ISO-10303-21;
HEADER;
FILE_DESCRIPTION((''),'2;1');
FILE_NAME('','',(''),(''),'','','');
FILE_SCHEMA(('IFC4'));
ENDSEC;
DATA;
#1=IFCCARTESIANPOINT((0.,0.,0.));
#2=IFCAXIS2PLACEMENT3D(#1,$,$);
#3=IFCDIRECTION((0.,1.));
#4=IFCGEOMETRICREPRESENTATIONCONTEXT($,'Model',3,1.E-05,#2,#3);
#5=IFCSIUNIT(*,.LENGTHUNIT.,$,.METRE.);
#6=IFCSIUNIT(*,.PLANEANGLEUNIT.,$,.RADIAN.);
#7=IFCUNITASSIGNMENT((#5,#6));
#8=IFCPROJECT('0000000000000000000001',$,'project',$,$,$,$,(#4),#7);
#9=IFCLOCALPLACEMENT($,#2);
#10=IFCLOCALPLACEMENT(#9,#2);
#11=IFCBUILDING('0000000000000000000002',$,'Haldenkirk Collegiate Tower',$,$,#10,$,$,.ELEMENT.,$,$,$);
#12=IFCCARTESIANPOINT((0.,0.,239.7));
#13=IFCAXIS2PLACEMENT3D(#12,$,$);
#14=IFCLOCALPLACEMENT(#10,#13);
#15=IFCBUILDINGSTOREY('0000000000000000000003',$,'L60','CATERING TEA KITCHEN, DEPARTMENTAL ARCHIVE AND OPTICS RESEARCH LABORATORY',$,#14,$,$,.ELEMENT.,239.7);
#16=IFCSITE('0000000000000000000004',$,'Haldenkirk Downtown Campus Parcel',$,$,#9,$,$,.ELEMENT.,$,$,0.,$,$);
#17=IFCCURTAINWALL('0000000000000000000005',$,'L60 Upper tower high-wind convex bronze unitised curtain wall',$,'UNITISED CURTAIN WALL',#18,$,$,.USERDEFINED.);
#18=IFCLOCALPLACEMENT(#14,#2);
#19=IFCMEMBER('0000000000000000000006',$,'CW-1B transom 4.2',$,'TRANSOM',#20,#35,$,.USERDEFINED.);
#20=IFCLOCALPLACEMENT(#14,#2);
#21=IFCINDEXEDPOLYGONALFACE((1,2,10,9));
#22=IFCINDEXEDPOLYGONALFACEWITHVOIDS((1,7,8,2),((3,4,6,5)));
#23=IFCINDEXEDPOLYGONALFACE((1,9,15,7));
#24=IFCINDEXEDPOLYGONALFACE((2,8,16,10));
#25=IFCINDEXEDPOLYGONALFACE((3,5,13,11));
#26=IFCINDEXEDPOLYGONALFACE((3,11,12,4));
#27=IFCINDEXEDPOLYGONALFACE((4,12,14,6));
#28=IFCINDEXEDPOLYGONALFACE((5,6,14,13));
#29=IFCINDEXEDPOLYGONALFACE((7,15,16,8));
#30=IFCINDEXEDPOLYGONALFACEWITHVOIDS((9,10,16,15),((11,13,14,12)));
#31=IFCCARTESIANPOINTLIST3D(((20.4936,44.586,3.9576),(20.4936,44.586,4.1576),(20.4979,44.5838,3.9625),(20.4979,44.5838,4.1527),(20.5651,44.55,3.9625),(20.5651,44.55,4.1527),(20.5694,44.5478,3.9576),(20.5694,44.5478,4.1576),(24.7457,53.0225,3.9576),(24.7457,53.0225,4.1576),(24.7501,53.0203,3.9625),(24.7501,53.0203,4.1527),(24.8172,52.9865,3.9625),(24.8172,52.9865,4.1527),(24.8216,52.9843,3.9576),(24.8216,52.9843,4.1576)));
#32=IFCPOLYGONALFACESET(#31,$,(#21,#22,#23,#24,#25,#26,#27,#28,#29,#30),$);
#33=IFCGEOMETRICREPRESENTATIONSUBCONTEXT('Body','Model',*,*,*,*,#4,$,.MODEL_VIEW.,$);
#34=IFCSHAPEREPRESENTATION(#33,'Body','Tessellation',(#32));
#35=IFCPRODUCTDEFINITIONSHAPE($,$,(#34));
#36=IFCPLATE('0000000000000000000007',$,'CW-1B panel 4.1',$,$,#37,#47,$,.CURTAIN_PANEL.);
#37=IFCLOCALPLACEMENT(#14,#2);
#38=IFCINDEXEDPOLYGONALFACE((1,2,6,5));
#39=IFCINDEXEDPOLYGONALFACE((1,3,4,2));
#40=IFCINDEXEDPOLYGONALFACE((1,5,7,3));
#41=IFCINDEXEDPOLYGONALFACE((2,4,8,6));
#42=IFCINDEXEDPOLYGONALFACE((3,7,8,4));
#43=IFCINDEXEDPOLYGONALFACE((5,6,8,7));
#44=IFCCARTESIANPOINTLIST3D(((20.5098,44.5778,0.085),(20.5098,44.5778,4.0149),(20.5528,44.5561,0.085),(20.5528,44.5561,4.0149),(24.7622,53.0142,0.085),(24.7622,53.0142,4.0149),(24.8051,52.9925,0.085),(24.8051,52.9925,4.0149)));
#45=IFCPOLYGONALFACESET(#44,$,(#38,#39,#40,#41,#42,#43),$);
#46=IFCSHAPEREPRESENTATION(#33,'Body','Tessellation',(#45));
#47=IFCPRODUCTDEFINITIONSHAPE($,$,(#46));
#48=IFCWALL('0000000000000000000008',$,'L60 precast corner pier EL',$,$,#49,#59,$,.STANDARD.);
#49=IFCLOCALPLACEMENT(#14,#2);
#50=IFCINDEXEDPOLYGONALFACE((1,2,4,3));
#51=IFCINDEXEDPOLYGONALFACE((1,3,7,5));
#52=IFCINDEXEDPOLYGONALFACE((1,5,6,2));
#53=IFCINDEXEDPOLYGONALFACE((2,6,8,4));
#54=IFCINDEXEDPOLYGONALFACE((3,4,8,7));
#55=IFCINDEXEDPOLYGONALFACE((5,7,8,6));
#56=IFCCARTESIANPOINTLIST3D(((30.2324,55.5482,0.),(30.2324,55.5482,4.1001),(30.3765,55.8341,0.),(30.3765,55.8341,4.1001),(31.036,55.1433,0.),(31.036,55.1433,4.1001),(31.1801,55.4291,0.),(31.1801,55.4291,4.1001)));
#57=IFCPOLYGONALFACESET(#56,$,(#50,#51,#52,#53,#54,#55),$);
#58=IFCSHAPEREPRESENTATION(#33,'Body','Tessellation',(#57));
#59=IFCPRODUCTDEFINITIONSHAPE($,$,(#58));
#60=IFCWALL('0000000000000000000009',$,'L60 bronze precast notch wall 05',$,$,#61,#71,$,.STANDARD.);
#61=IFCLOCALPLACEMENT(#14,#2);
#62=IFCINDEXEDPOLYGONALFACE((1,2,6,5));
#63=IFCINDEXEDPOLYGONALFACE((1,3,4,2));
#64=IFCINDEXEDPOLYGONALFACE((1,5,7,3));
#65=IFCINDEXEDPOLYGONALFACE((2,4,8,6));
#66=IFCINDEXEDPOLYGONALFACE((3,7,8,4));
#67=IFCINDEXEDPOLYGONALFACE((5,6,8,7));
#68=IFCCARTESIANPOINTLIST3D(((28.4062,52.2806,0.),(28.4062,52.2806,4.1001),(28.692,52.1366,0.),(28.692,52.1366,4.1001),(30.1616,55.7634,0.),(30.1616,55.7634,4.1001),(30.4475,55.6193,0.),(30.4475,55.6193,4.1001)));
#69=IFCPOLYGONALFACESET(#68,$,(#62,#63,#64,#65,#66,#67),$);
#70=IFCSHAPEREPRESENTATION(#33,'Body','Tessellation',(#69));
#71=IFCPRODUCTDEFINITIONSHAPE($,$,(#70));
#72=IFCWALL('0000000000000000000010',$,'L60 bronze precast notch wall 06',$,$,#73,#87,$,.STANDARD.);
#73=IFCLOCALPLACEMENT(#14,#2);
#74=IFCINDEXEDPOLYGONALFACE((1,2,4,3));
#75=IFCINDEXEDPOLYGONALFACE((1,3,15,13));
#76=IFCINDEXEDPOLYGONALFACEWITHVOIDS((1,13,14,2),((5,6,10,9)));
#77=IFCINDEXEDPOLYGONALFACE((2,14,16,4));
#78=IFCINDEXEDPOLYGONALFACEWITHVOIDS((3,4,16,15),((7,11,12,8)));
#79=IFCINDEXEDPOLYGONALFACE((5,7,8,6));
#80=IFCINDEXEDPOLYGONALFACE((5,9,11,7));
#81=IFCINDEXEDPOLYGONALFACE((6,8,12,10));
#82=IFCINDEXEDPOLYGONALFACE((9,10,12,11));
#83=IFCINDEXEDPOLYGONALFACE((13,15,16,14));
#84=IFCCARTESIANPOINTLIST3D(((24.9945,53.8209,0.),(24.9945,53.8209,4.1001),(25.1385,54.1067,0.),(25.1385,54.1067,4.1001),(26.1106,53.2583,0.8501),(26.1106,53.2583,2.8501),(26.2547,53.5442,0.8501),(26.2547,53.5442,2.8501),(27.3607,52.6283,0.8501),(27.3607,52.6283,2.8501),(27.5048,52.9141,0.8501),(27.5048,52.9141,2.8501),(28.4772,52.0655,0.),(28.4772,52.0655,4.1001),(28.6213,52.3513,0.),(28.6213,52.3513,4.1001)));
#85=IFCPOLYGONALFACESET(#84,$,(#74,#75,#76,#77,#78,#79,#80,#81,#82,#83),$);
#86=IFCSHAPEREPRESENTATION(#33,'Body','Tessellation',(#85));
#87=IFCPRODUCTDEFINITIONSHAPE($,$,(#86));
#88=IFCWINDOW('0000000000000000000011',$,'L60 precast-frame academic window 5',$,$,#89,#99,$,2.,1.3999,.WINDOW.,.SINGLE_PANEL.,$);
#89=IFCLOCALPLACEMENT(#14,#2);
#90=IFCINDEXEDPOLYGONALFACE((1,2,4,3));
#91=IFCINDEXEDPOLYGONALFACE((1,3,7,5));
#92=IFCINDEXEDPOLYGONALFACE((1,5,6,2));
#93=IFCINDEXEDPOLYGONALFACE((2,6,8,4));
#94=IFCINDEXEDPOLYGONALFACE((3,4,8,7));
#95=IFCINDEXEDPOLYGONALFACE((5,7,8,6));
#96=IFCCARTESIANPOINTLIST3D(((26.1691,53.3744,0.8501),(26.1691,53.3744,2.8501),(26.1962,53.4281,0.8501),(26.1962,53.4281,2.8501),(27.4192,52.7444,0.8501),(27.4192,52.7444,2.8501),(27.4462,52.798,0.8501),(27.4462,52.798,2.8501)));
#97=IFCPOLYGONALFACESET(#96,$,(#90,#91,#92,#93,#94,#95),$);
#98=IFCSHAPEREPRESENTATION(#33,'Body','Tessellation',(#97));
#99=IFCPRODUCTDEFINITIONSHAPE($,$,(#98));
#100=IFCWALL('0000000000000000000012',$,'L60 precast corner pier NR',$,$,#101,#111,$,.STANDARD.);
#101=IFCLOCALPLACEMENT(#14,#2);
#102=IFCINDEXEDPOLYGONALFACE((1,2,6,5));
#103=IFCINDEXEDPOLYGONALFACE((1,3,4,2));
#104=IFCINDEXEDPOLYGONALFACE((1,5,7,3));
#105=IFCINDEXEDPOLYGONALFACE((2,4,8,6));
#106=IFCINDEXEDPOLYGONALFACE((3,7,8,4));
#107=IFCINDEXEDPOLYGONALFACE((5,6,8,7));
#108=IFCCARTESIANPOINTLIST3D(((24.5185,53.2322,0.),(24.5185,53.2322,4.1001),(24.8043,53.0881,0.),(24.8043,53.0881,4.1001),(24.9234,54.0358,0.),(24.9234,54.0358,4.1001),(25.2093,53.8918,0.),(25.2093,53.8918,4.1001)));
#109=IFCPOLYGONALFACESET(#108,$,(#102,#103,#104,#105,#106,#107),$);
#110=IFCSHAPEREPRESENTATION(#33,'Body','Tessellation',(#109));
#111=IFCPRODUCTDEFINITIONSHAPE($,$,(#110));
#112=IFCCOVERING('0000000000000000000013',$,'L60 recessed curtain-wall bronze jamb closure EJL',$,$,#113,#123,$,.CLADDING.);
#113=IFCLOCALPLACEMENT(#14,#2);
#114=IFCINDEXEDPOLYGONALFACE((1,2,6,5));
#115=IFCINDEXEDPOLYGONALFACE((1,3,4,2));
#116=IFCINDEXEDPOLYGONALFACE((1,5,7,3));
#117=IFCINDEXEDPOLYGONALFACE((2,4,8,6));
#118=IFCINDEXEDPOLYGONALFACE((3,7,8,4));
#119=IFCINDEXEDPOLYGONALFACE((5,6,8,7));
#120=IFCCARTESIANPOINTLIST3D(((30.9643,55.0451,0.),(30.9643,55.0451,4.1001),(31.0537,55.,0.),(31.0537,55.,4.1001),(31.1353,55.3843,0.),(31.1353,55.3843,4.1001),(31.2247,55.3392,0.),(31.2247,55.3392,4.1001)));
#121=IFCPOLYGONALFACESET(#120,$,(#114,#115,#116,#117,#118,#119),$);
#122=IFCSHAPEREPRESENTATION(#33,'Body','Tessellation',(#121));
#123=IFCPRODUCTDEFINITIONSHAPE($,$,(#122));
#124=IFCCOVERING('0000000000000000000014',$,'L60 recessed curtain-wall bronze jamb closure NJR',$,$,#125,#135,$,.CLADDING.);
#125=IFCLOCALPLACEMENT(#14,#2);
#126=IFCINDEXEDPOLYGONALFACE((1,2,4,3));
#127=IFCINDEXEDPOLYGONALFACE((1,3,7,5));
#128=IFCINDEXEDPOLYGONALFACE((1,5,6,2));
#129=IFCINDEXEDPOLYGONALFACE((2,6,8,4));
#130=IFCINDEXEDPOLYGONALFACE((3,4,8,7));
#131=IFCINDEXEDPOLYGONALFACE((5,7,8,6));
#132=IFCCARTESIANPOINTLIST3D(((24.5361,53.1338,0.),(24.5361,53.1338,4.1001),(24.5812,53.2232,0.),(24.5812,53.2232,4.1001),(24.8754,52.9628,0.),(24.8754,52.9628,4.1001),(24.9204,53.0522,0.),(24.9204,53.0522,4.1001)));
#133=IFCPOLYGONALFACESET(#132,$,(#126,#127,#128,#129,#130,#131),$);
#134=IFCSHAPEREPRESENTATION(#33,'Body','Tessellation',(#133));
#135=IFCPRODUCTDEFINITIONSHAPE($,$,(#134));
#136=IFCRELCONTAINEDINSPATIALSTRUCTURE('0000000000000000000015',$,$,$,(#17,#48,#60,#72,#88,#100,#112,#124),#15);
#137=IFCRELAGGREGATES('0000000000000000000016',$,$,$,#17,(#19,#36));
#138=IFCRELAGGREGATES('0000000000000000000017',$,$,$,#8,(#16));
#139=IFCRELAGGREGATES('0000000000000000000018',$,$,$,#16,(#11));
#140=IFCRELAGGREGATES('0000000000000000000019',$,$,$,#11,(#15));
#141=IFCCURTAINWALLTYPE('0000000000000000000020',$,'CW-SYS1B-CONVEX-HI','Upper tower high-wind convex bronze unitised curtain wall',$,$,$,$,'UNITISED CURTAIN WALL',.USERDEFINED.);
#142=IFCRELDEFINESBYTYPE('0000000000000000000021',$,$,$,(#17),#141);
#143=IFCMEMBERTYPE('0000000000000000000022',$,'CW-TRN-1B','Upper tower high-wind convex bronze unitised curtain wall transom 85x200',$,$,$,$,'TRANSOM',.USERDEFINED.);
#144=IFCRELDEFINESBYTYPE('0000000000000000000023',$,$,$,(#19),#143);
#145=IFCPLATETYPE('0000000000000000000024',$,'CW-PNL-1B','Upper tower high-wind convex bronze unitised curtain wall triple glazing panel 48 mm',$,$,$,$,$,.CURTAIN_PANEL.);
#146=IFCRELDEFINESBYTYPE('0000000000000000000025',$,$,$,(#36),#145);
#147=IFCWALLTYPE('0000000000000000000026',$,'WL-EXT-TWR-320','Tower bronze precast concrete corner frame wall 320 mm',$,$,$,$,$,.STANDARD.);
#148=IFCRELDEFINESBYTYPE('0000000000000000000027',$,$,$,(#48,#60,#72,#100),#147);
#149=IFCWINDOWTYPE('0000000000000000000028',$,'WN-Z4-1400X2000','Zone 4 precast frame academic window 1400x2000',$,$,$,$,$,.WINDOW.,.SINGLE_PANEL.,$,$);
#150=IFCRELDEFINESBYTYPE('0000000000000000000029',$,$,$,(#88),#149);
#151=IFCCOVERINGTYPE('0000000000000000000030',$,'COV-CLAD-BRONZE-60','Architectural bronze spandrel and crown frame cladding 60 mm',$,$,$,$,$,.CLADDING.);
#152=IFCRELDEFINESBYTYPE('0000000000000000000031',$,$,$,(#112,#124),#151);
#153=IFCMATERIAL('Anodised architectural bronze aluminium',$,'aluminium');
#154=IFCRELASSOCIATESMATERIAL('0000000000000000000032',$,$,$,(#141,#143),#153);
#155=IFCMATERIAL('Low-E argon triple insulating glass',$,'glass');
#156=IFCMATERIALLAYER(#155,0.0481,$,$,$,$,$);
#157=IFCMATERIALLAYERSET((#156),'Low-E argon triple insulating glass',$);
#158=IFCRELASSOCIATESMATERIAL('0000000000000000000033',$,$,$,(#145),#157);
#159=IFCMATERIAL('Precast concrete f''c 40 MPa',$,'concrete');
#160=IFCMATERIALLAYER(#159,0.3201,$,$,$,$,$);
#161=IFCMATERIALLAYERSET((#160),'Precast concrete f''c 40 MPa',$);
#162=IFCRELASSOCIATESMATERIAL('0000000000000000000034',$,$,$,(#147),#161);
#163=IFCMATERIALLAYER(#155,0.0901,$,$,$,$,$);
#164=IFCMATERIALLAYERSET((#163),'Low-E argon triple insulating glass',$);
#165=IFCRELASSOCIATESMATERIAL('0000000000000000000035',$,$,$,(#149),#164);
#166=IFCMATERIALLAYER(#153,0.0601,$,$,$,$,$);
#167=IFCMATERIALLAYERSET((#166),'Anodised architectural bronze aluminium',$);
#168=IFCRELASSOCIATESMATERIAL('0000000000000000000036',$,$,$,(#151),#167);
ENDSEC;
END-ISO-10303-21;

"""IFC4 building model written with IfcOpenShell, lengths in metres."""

from ifc_helpers import new_model, si_unit, direction, frame, frame_2d, origin, origin_2d, place, context, subcontext, project, spatial, rectangle, hollow_rectangle, extrude, source, transform, mapped, material, layer, layer_set, material_profile, profile_set, type_object, element, fill, aggregate, save


model = new_model("IFC4")

# Units and contexts
model_context = context("Model", 3, precision=1e-05, world=origin(), true_north=direction((0.0, 1.0)))
body_context = subcontext(model_context, "Body", "Model", "MODEL_VIEW")
ifc_project = project(units=[si_unit("LENGTHUNIT", "METRE"), si_unit("PLANEANGLEUNIT", "RADIAN")], contexts=[model_context])

# Site, building, storey
site_placement = place(None, origin())
site = spatial("IfcSite", under=ifc_project, at=site_placement, Name="Haldenkirk Downtown Campus Parcel", CompositionType="ELEMENT", RefElevation=0.0)
building_placement = place(site_placement, origin())
building = spatial("IfcBuilding", under=site, at=building_placement, Name="Haldenkirk Collegiate Tower", CompositionType="ELEMENT")
storey_placement = place(building_placement, frame((0.0, 0.0, 239.7)))
storey = spatial("IfcBuildingStorey", under=building, at=storey_placement, Name="L60", Description="CATERING TEA KITCHEN, DEPARTMENTAL ARCHIVE AND OPTICS RESEARCH LABORATORY", CompositionType="ELEMENT", Elevation=239.7)

# Curtain wall
ifc_material_1 = material(Name="Anodised architectural bronze aluminium", Category="aluminium")
curtain_wall_type = type_object("IfcCurtainWallType", Name="CW-SYS1B-CONVEX-HI", Description="Upper tower high-wind convex bronze unitised curtain wall", ElementType="UNITISED CURTAIN WALL", PredefinedType="USERDEFINED", material=ifc_material_1)
curtain_wall_1_placement = place(storey_placement, origin())
curtain_wall_1 = element("IfcCurtainWall", 1, at=curtain_wall_1_placement, inside=storey, type_object=curtain_wall_type, Name="L60 Upper tower high-wind convex bronze unitised curtain wall", ObjectType="UNITISED CURTAIN WALL", PredefinedType="USERDEFINED")

# Member
ifc_material_profile_1 = material_profile(ifc_material_1, hollow_rectangle(XDim=0.085, YDim=0.2, WallThickness=0.0049, at=origin_2d()), Name="CW-TRN-1B")
ifc_profile_set_1 = profile_set([ifc_material_profile_1], Name="Anodised architectural bronze aluminium")
member_type_1 = type_object("IfcMemberType", Name="CW-TRN-1B", Description="Upper tower high-wind convex bronze unitised curtain wall transom 85x200", ElementType="TRANSOM", PredefinedType="USERDEFINED", material=ifc_profile_set_1)
member_1_placement = place(storey_placement, frame((20.5315, 44.5669, 4.0576), z_axis=(0.450085, 0.892986, 0.0), x_axis=(-0.892986, 0.450085, 0.0)))
member_1 = element("IfcMember", 2, at=member_1_placement, type_object=member_type_1, Name="CW-1B transom 4.2", ObjectType="TRANSOM", PredefinedType="USERDEFINED", context=body_context, shape_type="SweptSolid", body=[
    extrude(hollow_rectangle(XDim=0.085, YDim=0.2, WallThickness=0.0049, at=origin_2d()), origin(), (0.0, 0.0, 1.0), 9.4475),
])

# Plate
ifc_material_2 = material(Name="Low-E argon triple insulating glass", Category="glass")
ifc_layer_1 = layer(ifc_material_2, 0.0481)
ifc_layer_set_1 = layer_set([ifc_layer_1], Name="Low-E argon triple insulating glass")
plate_type = type_object("IfcPlateType", Name="CW-PNL-1B", Description="Upper tower high-wind convex bronze unitised curtain wall triple glazing panel 48 mm", PredefinedType="CURTAIN_PANEL", material=ifc_layer_set_1)
shared_shape_1 = source(origin(), body_context, "Body", "SweptSolid", [
    extrude(rectangle(XDim=9.4475, YDim=0.0481, at=origin_2d()), origin(), (0.0, 0.0, 1.0), 3.9299),
])
plate_placement = place(storey_placement, frame((22.6575, 48.7852, 0.085), z_axis=(0.0, 0.0, 1.0), x_axis=(0.4501, 0.892978, 0.0)))
plate = element("IfcPlate", 3, at=plate_placement, type_object=plate_type, Name="CW-1B panel 4.1", PredefinedType="CURTAIN_PANEL", context=body_context, shape_type="MappedRepresentation", body=[
    mapped(shared_shape_1, transform((0.0, 0.0, 0.0), x_axis=(1.0, 0.0, 0.0), y_axis=(0.0, 1.0, 0.0), z_axis=(0.0, 0.0, 1.0), scale=1.0)),
])
aggregate(curtain_wall_1, [member_1, plate])

# Walls
ifc_material_3 = material(Name="Precast concrete f'c 40 MPa", Category="concrete")
ifc_layer_2 = layer(ifc_material_3, 0.3201)
ifc_layer_set_2 = layer_set([ifc_layer_2], Name="Precast concrete f'c 40 MPa")
wall_type = type_object("IfcWallType", Name="WL-EXT-TWR-320", Description="Tower bronze precast concrete corner frame wall 320 mm", PredefinedType="STANDARD", material=ifc_layer_set_2)
wall_1_placement = place(storey_placement, frame((30.3044, 55.6912, 0.0), z_axis=(0.0, 0.0, 1.0), x_axis=(0.893012, -0.450033, 0.0)))
element("IfcWall", 4, at=wall_1_placement, inside=storey, type_object=wall_type, Name="L60 precast corner pier EL", PredefinedType="STANDARD", context=body_context, shape_type="SweptSolid", body=[
    extrude(rectangle(XDim=0.8999, YDim=0.3201, at=frame_2d((0.45, 0.0))), origin(), (0.0, 0.0, 1.0), 4.1001),
])
wall_2_placement = place(storey_placement, frame((28.5491, 52.2085, 0.0), z_axis=(0.0, 0.0, 1.0), x_axis=(0.450091, 0.892983, 0.0)))
element("IfcWall", 5, at=wall_2_placement, inside=storey, type_object=wall_type, Name="L60 bronze precast notch wall 05", PredefinedType="STANDARD", context=body_context, shape_type="SweptSolid", body=[
    extrude(rectangle(XDim=3.9001, YDim=0.3201, at=frame_2d((1.9502, 0.0))), origin(), (0.0, 0.0, 1.0), 4.1001),
])

# Wall, opening, window
wall_3_placement = place(storey_placement, frame((25.0664, 53.9639, 0.0), z_axis=(0.0, 0.0, 1.0), x_axis=(0.892983, -0.450091, 0.0)))
wall_3 = element("IfcWall", 6, at=wall_3_placement, inside=storey, type_object=wall_type, Name="L60 bronze precast notch wall 06", PredefinedType="STANDARD", context=body_context, shape_type="SweptSolid", body=[
    extrude(rectangle(XDim=3.9001, YDim=0.3201, at=frame_2d((1.9502, 0.0))), origin(), (0.0, 0.0, 1.0), 4.1001),
])
opening_placement = place(wall_3_placement, frame((1.25, 0.0, 0.8501)))
opening = element("IfcOpeningElement", 7, at=opening_placement, cuts=wall_3, PredefinedType="OPENING", context=body_context, shape_type="SweptSolid", body=[
    extrude(rectangle(XDim=1.3999, YDim=2.0, at=frame_2d((0.7, 1.0))), frame((0.0, 0.1699, 0.0), z_axis=(0.0, -1.0, 0.0), x_axis=(1.0, 0.0, 0.0)), (0.0, 0.0, 1.0), 0.3401),
])
ifc_layer_3 = layer(ifc_material_2, 0.0901)
ifc_layer_set_3 = layer_set([ifc_layer_3], Name="Low-E argon triple insulating glass")
window_type = type_object("IfcWindowType", Name="WN-Z4-1400X2000", Description="Zone 4 precast frame academic window 1400x2000", PartitioningType="SINGLE_PANEL", PredefinedType="WINDOW", material=ifc_layer_set_3)
window_placement = place(opening_placement, origin())
window = element("IfcWindow", 8, at=window_placement, inside=storey, type_object=window_type, Name="L60 precast-frame academic window 5", OverallHeight=2.0, OverallWidth=1.3999, PartitioningType="SINGLE_PANEL", PredefinedType="WINDOW", context=body_context, shape_type="SweptSolid", body=[
    extrude(rectangle(XDim=1.3999, YDim=2.0, at=frame_2d((0.7, 1.0))), frame((0.0, 0.03, 0.0), z_axis=(0.0, -1.0, 0.0), x_axis=(1.0, 0.0, 0.0)), (0.0, 0.0, 1.0), 0.0601),
])
fill(opening, window)

# Wall
wall_4_placement = place(storey_placement, frame((24.6614, 53.1602, 0.0), z_axis=(0.0, 0.0, 1.0), x_axis=(0.450033, 0.893012, 0.0)))
element("IfcWall", 9, at=wall_4_placement, inside=storey, type_object=wall_type, Name="L60 precast corner pier NR", PredefinedType="STANDARD", context=body_context, shape_type="SweptSolid", body=[
    extrude(rectangle(XDim=0.8999, YDim=0.3201, at=frame_2d((0.45, 0.0))), origin(), (0.0, 0.0, 1.0), 4.1001),
])

# Coverings
ifc_layer_4 = layer(ifc_material_1, 0.0601)
ifc_layer_set_4 = layer_set([ifc_layer_4], Name="Anodised architectural bronze aluminium")
covering_type = type_object("IfcCoveringType", Name="COV-CLAD-BRONZE-60", Description="Architectural bronze spandrel and crown frame cladding 60 mm", PredefinedType="CLADDING", material=ifc_layer_set_4)
shared_shape_2 = source(origin(), body_context, "Body", "SweptSolid", [
    extrude(rectangle(XDim=0.1001, YDim=0.3799, at=origin_2d()), origin(), (0.0, 0.0, 1.0), 4.1001),
])
for number, where, z_axis, x_axis, name in (
    (10, (31.0945, 55.1921, 0.0), (0.0, 0.0, 1.0), (0.892979, -0.450098, 0.0), "L60 recessed curtain-wall bronze jamb closure EJL"),
    (11, (24.7283, 53.093, 0.0), (0.0, 0.0, 1.0), (0.450098, 0.892979, 0.0), "L60 recessed curtain-wall bronze jamb closure NJR"),
):
    element("IfcCovering", number, at=place(storey_placement, frame(where, z_axis=z_axis, x_axis=x_axis)), inside=storey, type_object=covering_type, Name=name, PredefinedType="CLADDING", context=body_context, shape_type="MappedRepresentation", body=[
        mapped(shared_shape_2, transform((0.0, 0.0, 0.0), x_axis=(1.0, 0.0, 0.0), y_axis=(0.0, 1.0, 0.0), z_axis=(0.0, 0.0, 1.0), scale=1.0)),
    ])

save(model, "model.ifc")
